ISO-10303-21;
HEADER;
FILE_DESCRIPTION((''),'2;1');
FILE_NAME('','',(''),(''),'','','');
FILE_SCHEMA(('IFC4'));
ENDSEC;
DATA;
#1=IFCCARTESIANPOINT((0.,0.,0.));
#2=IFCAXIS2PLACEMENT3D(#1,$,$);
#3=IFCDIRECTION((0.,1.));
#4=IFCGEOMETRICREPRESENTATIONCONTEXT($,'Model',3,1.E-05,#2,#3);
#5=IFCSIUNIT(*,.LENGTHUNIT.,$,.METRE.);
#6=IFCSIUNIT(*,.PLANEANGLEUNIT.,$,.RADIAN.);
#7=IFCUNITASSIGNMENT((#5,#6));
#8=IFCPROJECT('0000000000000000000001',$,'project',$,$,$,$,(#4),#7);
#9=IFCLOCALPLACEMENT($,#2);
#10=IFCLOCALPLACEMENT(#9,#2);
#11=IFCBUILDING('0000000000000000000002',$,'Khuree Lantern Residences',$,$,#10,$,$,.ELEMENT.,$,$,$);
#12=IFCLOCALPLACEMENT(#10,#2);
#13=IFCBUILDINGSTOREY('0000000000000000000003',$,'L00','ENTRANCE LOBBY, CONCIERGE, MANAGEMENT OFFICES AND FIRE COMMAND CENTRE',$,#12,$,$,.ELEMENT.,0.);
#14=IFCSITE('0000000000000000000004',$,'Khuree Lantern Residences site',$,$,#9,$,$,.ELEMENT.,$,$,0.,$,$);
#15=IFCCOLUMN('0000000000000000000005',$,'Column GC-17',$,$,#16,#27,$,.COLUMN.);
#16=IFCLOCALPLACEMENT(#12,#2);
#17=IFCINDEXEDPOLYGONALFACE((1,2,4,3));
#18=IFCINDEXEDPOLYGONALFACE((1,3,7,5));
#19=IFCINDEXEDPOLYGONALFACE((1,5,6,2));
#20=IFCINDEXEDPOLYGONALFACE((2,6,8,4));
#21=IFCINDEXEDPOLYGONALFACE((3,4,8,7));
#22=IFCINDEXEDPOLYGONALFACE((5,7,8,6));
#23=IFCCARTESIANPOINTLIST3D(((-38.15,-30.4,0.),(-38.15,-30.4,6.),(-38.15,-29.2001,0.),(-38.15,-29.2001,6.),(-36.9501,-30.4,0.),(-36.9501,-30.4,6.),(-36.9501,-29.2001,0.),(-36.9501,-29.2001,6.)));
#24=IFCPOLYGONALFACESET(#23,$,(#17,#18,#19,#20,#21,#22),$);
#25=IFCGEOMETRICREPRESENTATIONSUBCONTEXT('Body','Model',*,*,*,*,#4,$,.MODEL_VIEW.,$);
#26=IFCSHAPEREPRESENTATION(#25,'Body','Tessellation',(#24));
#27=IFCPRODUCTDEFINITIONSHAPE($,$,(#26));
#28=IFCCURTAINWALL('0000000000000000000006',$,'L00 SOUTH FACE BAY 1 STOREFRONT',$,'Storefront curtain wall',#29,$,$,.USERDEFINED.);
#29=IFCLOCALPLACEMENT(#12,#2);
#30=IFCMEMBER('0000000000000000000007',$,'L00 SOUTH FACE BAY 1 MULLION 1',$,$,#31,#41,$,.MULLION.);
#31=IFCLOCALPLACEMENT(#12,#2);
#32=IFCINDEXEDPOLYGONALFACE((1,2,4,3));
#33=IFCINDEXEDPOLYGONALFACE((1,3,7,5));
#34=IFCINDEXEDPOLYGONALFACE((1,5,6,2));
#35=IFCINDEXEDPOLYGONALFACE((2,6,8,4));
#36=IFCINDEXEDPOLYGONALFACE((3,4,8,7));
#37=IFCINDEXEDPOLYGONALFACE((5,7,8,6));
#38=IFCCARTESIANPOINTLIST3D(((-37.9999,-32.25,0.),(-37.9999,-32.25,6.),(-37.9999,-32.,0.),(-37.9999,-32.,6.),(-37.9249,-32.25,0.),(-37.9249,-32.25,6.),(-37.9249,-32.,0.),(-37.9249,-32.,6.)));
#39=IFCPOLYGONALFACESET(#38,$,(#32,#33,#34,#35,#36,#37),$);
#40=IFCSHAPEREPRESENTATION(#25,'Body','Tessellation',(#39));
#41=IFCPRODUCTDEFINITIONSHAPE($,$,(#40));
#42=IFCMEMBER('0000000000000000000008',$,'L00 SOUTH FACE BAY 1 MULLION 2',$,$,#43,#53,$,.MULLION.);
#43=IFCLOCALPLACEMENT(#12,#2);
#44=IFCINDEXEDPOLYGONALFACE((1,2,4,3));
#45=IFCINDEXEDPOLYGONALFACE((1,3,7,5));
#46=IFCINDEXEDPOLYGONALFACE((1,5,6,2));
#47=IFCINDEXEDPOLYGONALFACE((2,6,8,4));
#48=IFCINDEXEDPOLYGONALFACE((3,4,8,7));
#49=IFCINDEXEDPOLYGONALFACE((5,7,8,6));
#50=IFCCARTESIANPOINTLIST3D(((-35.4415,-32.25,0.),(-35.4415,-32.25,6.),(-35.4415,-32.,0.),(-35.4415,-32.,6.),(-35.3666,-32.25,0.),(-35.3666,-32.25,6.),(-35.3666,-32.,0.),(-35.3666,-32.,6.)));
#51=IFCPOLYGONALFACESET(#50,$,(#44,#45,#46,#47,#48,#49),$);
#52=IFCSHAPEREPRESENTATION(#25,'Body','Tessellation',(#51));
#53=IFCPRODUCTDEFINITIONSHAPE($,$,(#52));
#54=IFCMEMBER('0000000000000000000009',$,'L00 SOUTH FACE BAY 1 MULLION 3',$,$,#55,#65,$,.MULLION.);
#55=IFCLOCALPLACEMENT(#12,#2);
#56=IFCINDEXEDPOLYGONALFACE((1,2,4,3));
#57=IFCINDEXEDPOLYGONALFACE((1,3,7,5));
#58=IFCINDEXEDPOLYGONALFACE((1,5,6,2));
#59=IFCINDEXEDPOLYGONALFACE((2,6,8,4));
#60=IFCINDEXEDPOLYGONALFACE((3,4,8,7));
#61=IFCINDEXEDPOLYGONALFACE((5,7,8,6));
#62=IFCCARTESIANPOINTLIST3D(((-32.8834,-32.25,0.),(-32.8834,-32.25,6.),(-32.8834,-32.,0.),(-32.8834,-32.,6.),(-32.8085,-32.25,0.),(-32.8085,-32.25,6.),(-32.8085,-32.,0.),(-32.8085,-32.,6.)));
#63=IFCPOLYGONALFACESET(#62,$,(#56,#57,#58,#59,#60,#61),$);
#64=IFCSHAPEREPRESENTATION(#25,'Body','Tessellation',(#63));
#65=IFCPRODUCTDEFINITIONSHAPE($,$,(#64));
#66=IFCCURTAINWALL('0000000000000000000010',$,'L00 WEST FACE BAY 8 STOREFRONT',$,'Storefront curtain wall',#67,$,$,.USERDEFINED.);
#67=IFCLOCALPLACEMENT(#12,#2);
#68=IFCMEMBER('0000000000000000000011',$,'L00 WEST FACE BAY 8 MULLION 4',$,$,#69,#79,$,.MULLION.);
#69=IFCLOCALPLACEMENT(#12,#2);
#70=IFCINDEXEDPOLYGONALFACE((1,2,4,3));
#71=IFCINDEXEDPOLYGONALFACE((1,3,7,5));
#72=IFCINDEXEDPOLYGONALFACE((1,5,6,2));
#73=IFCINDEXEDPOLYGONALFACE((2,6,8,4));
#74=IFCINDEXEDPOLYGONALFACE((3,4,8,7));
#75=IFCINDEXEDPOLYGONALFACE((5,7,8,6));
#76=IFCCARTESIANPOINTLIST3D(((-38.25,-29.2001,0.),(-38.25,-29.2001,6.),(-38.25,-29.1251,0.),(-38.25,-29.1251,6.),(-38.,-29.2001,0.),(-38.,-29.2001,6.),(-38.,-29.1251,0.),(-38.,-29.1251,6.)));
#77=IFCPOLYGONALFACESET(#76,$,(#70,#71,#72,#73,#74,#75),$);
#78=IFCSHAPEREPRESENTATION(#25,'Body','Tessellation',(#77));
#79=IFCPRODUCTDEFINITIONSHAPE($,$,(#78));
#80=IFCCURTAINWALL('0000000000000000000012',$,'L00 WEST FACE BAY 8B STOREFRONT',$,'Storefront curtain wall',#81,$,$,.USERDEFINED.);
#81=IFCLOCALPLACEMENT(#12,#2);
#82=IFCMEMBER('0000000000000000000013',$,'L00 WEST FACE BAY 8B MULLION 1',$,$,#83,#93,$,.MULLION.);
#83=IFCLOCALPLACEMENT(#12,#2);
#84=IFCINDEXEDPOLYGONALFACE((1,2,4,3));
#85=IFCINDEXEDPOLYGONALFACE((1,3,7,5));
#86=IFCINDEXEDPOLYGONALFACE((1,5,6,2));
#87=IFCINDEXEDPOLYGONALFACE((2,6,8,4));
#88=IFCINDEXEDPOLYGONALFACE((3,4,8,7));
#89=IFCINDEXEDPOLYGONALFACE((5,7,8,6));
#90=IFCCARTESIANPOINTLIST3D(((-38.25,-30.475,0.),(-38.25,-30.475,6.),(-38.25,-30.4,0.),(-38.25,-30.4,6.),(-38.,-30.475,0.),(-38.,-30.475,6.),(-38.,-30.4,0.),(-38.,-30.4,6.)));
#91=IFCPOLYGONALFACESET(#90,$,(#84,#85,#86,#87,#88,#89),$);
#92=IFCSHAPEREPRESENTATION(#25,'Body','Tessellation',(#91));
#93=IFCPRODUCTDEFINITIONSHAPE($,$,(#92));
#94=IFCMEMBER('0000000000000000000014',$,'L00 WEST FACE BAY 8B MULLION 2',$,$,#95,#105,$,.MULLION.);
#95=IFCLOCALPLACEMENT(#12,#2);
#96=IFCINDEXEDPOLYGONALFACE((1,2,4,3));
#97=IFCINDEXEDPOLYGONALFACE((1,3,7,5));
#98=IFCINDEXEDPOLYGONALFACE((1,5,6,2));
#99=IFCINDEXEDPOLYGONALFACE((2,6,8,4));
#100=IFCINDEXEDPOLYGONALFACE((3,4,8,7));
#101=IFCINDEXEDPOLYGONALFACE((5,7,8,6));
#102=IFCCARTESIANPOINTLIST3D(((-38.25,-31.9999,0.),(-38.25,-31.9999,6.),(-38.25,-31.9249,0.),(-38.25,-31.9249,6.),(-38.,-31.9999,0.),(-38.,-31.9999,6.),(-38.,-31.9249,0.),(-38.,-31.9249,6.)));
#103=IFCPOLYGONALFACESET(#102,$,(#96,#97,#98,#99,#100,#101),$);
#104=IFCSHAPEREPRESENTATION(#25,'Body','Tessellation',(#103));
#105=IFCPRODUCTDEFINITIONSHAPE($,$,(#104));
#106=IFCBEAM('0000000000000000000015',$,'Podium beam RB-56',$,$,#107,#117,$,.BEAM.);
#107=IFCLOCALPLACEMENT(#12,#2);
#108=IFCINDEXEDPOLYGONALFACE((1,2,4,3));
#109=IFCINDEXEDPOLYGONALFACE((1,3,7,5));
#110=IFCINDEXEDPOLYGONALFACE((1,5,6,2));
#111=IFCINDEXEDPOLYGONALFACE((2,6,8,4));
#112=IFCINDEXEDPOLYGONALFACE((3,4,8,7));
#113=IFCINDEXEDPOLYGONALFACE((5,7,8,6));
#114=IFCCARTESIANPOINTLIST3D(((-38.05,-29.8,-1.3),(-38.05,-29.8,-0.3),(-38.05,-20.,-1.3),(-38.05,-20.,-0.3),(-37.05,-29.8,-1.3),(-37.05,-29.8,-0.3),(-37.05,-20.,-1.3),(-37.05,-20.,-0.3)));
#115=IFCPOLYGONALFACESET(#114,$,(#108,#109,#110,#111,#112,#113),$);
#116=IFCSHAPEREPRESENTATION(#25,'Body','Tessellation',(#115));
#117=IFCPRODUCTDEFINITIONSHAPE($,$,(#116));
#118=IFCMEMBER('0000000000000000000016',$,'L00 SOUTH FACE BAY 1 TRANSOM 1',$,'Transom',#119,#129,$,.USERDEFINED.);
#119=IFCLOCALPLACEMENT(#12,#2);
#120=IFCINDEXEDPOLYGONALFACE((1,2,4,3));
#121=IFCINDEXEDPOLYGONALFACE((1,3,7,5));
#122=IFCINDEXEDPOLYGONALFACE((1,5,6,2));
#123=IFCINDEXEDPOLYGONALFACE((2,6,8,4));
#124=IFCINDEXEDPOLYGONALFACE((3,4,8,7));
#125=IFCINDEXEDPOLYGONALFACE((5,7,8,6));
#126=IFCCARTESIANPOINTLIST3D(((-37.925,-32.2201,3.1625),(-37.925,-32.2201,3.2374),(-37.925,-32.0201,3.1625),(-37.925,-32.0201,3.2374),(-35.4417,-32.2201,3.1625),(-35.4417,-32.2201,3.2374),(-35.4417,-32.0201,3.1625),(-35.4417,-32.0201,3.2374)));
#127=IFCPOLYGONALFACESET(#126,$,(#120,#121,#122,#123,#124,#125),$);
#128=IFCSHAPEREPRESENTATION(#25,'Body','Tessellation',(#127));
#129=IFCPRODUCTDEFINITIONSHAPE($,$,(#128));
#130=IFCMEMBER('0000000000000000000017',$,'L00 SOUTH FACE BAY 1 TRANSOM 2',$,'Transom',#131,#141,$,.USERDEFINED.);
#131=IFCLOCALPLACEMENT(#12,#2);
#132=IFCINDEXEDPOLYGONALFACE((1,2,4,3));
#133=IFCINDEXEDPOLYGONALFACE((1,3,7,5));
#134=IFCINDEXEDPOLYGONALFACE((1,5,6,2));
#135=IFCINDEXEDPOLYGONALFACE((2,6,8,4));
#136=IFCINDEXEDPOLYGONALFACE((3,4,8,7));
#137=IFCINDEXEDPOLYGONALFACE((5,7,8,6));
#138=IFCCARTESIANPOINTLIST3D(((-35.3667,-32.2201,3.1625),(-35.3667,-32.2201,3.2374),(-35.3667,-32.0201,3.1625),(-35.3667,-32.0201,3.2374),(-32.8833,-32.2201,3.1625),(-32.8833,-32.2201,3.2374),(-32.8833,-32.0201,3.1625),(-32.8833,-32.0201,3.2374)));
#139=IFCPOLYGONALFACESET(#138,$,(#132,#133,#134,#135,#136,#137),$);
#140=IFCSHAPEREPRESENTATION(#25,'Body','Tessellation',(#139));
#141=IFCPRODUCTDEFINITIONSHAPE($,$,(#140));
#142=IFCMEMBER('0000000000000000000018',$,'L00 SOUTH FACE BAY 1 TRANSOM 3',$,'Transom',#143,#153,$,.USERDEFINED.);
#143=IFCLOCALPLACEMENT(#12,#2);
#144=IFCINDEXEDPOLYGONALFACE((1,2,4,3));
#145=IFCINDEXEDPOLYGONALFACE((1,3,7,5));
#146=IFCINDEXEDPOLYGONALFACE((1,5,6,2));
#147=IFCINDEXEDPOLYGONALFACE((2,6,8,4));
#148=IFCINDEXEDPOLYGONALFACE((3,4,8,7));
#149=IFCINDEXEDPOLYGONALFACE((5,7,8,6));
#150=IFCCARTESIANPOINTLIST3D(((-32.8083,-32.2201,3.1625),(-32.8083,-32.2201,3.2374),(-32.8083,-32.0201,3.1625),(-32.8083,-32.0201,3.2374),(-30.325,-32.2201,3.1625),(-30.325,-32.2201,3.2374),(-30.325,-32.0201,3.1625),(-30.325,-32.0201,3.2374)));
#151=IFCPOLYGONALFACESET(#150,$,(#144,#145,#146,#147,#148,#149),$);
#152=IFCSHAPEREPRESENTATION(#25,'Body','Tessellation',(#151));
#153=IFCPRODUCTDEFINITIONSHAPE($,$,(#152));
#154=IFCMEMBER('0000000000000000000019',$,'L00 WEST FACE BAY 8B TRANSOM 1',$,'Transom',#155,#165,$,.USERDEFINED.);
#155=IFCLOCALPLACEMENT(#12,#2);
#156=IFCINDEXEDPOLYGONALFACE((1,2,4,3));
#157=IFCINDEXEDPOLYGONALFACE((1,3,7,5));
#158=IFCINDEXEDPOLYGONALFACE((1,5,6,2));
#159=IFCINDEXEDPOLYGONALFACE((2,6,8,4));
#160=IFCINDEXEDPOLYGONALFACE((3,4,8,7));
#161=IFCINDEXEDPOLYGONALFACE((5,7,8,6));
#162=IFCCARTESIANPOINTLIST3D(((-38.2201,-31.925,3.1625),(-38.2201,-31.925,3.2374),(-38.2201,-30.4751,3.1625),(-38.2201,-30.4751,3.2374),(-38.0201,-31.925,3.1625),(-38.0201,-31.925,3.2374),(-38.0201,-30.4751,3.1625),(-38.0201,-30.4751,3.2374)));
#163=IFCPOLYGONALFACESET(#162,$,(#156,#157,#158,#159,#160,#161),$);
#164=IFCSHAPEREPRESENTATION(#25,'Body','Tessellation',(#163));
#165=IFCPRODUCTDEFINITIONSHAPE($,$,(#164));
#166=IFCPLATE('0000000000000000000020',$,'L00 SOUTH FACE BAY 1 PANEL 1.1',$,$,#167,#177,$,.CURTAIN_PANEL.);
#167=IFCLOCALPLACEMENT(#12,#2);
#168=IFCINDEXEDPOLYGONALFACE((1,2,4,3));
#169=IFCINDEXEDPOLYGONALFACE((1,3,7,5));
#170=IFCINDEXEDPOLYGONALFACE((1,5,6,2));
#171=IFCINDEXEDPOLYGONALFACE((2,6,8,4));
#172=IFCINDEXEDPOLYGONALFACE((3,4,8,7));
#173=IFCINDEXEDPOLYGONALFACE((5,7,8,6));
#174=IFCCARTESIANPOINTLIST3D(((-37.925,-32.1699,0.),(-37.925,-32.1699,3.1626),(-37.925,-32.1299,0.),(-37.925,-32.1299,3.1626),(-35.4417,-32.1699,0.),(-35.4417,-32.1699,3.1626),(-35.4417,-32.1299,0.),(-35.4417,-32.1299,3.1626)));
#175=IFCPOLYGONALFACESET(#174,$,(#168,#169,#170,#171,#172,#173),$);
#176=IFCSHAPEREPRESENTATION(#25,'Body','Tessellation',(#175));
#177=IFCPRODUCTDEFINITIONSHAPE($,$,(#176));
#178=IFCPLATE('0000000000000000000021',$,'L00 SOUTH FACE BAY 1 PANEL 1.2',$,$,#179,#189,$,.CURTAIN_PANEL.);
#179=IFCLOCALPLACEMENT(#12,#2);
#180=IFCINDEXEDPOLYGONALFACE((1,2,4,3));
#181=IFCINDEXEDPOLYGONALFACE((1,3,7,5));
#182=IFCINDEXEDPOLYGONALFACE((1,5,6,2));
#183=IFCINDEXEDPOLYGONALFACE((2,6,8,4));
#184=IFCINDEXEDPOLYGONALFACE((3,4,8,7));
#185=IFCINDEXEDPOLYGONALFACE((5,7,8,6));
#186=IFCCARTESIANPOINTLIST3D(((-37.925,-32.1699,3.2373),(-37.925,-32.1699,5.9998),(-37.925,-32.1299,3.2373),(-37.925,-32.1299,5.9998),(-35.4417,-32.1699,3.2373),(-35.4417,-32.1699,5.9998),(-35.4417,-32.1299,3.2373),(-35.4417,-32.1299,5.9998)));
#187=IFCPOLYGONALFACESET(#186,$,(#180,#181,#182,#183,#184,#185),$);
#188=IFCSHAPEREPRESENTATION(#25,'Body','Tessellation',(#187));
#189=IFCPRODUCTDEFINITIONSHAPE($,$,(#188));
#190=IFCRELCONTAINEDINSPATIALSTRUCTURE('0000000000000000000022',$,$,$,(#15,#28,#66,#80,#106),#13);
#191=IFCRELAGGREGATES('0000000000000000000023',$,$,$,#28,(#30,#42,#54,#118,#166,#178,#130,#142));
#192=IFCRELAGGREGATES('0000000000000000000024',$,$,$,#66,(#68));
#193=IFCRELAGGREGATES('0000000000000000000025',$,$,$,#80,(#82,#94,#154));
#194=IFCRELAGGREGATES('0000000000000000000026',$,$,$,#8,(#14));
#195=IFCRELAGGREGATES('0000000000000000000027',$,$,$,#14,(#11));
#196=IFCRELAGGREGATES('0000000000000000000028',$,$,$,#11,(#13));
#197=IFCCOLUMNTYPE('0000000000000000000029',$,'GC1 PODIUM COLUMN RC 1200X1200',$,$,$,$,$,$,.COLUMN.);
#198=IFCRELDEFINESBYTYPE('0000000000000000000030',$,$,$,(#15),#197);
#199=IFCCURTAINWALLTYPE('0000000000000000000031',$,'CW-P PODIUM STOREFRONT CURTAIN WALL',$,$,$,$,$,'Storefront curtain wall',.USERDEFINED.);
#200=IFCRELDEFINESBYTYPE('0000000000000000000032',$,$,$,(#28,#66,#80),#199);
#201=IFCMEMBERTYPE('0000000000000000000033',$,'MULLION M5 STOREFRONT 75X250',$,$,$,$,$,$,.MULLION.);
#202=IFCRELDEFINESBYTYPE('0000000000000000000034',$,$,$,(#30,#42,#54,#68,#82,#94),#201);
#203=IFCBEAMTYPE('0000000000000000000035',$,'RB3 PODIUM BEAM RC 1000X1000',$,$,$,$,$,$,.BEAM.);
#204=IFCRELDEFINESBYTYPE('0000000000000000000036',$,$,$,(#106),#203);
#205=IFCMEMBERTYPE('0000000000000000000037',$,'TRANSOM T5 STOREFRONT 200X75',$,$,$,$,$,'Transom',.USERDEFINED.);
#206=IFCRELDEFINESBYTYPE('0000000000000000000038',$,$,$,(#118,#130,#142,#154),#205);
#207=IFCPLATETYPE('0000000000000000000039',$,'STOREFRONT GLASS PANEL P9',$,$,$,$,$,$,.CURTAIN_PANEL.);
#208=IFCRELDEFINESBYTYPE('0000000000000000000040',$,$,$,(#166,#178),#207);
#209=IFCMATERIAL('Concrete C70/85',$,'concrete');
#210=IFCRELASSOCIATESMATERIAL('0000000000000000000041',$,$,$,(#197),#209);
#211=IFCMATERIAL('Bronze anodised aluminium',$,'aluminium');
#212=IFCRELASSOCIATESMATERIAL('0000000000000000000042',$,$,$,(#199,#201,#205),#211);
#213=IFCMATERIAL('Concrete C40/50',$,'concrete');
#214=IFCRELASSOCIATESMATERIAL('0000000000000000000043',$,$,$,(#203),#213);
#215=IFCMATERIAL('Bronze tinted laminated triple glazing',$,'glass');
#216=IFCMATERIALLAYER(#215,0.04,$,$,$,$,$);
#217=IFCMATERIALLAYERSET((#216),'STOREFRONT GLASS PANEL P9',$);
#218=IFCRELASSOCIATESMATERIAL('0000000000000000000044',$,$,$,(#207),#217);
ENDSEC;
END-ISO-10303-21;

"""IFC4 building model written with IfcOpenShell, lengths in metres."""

from ifc_helpers import new_model, si_unit, direction, frame, origin, origin_2d, place, context, subcontext, project, spatial, rectangle, extrude, material, layer, layer_set, material_profile, profile_set, type_object, element, aggregate, save


model = new_model("IFC4")

# Units and contexts
model_context = context("Model", 3, precision=1e-05, world=origin(), true_north=direction((0.0, 1.0)))
body_context = subcontext(model_context, "Body", "Model", "MODEL_VIEW")
ifc_project = project(units=[si_unit("LENGTHUNIT", "METRE"), si_unit("PLANEANGLEUNIT", "RADIAN")], contexts=[model_context])

# Site, building, storey
site_placement = place(None, origin())
site = spatial("IfcSite", under=ifc_project, at=site_placement, Name="Khuree Lantern Residences site", CompositionType="ELEMENT", RefElevation=0.0)
building_placement = place(site_placement, origin())
building = spatial("IfcBuilding", under=site, at=building_placement, Name="Khuree Lantern Residences", CompositionType="ELEMENT")
storey_placement = place(building_placement, origin())
storey = spatial("IfcBuildingStorey", under=building, at=storey_placement, Name="L00", Description="ENTRANCE LOBBY, CONCIERGE, MANAGEMENT OFFICES AND FIRE COMMAND CENTRE", CompositionType="ELEMENT", Elevation=0.0)

# Column
ifc_material_1 = material(Name="Concrete C70/85", Category="concrete")
ifc_material_profile_1 = material_profile(ifc_material_1, rectangle(XDim=1.2, YDim=1.2, at=origin_2d()), Name="RC 1200X1200")
ifc_profile_set_1 = profile_set([ifc_material_profile_1], Name="Concrete C70/85")
column_type = type_object("IfcColumnType", Name="GC1 PODIUM COLUMN RC 1200X1200", PredefinedType="COLUMN", material=ifc_profile_set_1)
column_placement = place(storey_placement, frame((-37.55, -29.8, 0.0), z_axis=(0.0, 0.0, 1.0), x_axis=(1.0, 0.0, 0.0)))
element("IfcColumn", 1, at=column_placement, inside=storey, type_object=column_type, Name="Column GC-17", PredefinedType="COLUMN", context=body_context, shape_type="SweptSolid", body=[
    extrude(rectangle(XDim=1.2, YDim=1.2, at=origin_2d()), origin(), (0.0, 0.0, 1.0), 6.0),
])

# Curtain wall, members
ifc_material_2 = material(Name="Bronze anodised aluminium", Category="aluminium")
curtain_wall_type = type_object("IfcCurtainWallType", Name="CW-P PODIUM STOREFRONT CURTAIN WALL", ElementType="Storefront curtain wall", PredefinedType="USERDEFINED", material=ifc_material_2)
curtain_wall_1_placement = place(storey_placement, origin())
curtain_wall_1 = element("IfcCurtainWall", 2, at=curtain_wall_1_placement, inside=storey, type_object=curtain_wall_type, Name="L00 SOUTH FACE BAY 1 STOREFRONT", ObjectType="Storefront curtain wall", PredefinedType="USERDEFINED")
ifc_material_profile_2 = material_profile(ifc_material_2, rectangle(XDim=0.075, YDim=0.25, at=origin_2d()), Name="M5 75X250")
ifc_profile_set_2 = profile_set([ifc_material_profile_2], Name="Bronze anodised aluminium")
member_type_1 = type_object("IfcMemberType", Name="MULLION M5 STOREFRONT 75X250", PredefinedType="MULLION", material=ifc_profile_set_2)
member_1_placement = place(storey_placement, frame((-37.9624, -32.125, 0.0), z_axis=(0.0, 0.0, 1.0), x_axis=(1.0, 0.0, 0.0)))
member_1 = element("IfcMember", 3, at=member_1_placement, type_object=member_type_1, Name="L00 SOUTH FACE BAY 1 MULLION 1", PredefinedType="MULLION", context=body_context, shape_type="SweptSolid", body=[
    extrude(rectangle(XDim=0.075, YDim=0.25, at=origin_2d()), origin(), (0.0, 0.0, 1.0), 6.0),
])
member_2_placement = place(storey_placement, frame((-35.4041, -32.125, 0.0), z_axis=(0.0, 0.0, 1.0), x_axis=(1.0, 0.0, 0.0)))
member_2 = element("IfcMember", 4, at=member_2_placement, type_object=member_type_1, Name="L00 SOUTH FACE BAY 1 MULLION 2", PredefinedType="MULLION", context=body_context, shape_type="SweptSolid", body=[
    extrude(rectangle(XDim=0.075, YDim=0.25, at=origin_2d()), origin(), (0.0, 0.0, 1.0), 6.0),
])
member_3_placement = place(storey_placement, frame((-32.8459, -32.125, 0.0), z_axis=(0.0, 0.0, 1.0), x_axis=(1.0, 0.0, 0.0)))
member_3 = element("IfcMember", 5, at=member_3_placement, type_object=member_type_1, Name="L00 SOUTH FACE BAY 1 MULLION 3", PredefinedType="MULLION", context=body_context, shape_type="SweptSolid", body=[
    extrude(rectangle(XDim=0.075, YDim=0.25, at=origin_2d()), origin(), (0.0, 0.0, 1.0), 6.0),
])

# Curtain wall, member
curtain_wall_2_placement = place(storey_placement, origin())
curtain_wall_2 = element("IfcCurtainWall", 6, at=curtain_wall_2_placement, inside=storey, type_object=curtain_wall_type, Name="L00 WEST FACE BAY 8 STOREFRONT", ObjectType="Storefront curtain wall", PredefinedType="USERDEFINED")
member_4_placement = place(storey_placement, frame((-38.125, -29.1626, 0.0), z_axis=(0.0, 0.0, 1.0), x_axis=(0.0, -1.0, 0.0)))
member_4 = element("IfcMember", 7, at=member_4_placement, type_object=member_type_1, Name="L00 WEST FACE BAY 8 MULLION 4", PredefinedType="MULLION", context=body_context, shape_type="SweptSolid", body=[
    extrude(rectangle(XDim=0.075, YDim=0.25, at=origin_2d()), origin(), (0.0, 0.0, 1.0), 6.0),
])

# Curtain wall, members
curtain_wall_3_placement = place(storey_placement, origin())
curtain_wall_3 = element("IfcCurtainWall", 8, at=curtain_wall_3_placement, inside=storey, type_object=curtain_wall_type, Name="L00 WEST FACE BAY 8B STOREFRONT", ObjectType="Storefront curtain wall", PredefinedType="USERDEFINED")
member_5_placement = place(storey_placement, frame((-38.125, -30.4375, 0.0), z_axis=(0.0, 0.0, 1.0), x_axis=(0.0, -1.0, 0.0)))
member_5 = element("IfcMember", 9, at=member_5_placement, type_object=member_type_1, Name="L00 WEST FACE BAY 8B MULLION 1", PredefinedType="MULLION", context=body_context, shape_type="SweptSolid", body=[
    extrude(rectangle(XDim=0.075, YDim=0.25, at=origin_2d()), origin(), (0.0, 0.0, 1.0), 6.0),
])
member_6_placement = place(storey_placement, frame((-38.125, -31.9624, 0.0), z_axis=(0.0, 0.0, 1.0), x_axis=(0.0, -1.0, 0.0)))
member_6 = element("IfcMember", 10, at=member_6_placement, type_object=member_type_1, Name="L00 WEST FACE BAY 8B MULLION 2", PredefinedType="MULLION", context=body_context, shape_type="SweptSolid", body=[
    extrude(rectangle(XDim=0.075, YDim=0.25, at=origin_2d()), origin(), (0.0, 0.0, 1.0), 6.0),
])

# Beam
ifc_material_3 = material(Name="Concrete C40/50", Category="concrete")
ifc_material_profile_3 = material_profile(ifc_material_3, rectangle(XDim=1.0, YDim=1.0, at=origin_2d()), Name="RC 1000X1000")
ifc_profile_set_3 = profile_set([ifc_material_profile_3], Name="Concrete C40/50")
beam_type = type_object("IfcBeamType", Name="RB3 PODIUM BEAM RC 1000X1000", PredefinedType="BEAM", material=ifc_profile_set_3)
beam_placement = place(storey_placement, frame((-37.55, -29.8, -0.8), z_axis=(0.0, 1.0, 0.0), x_axis=(-1.0, 0.0, 0.0)))
element("IfcBeam", 11, at=beam_placement, inside=storey, type_object=beam_type, Name="Podium beam RB-56", PredefinedType="BEAM", context=body_context, shape_type="SweptSolid", body=[
    extrude(rectangle(XDim=1.0, YDim=1.0, at=origin_2d()), origin(), (0.0, 0.0, 1.0), 9.8),
])

# Members
ifc_material_profile_4 = material_profile(ifc_material_2, rectangle(XDim=0.2, YDim=0.075, at=origin_2d()), Name="T5 200X75")
ifc_profile_set_4 = profile_set([ifc_material_profile_4], Name="Bronze anodised aluminium")
member_type_2 = type_object("IfcMemberType", Name="TRANSOM T5 STOREFRONT 200X75", ElementType="Transom", PredefinedType="USERDEFINED", material=ifc_profile_set_4)
member_7_placement = place(storey_placement, frame((-37.925, -32.1201, 3.2), z_axis=(1.0, 0.0, 0.0), x_axis=(0.0, 1.0, 0.0)))
member_7 = element("IfcMember", 12, at=member_7_placement, type_object=member_type_2, Name="L00 SOUTH FACE BAY 1 TRANSOM 1", ObjectType="Transom", PredefinedType="USERDEFINED", context=body_context, shape_type="SweptSolid", body=[
    extrude(rectangle(XDim=0.2, YDim=0.075, at=origin_2d()), origin(), (0.0, 0.0, 1.0), 2.4834),
])
member_8_placement = place(storey_placement, frame((-35.3667, -32.1201, 3.2), z_axis=(1.0, 0.0, 0.0), x_axis=(0.0, 1.0, 0.0)))
member_8 = element("IfcMember", 13, at=member_8_placement, type_object=member_type_2, Name="L00 SOUTH FACE BAY 1 TRANSOM 2", ObjectType="Transom", PredefinedType="USERDEFINED", context=body_context, shape_type="SweptSolid", body=[
    extrude(rectangle(XDim=0.2, YDim=0.075, at=origin_2d()), origin(), (0.0, 0.0, 1.0), 2.4834),
])
member_9_placement = place(storey_placement, frame((-32.8083, -32.1201, 3.2), z_axis=(1.0, 0.0, 0.0), x_axis=(0.0, 1.0, 0.0)))
member_9 = element("IfcMember", 14, at=member_9_placement, type_object=member_type_2, Name="L00 SOUTH FACE BAY 1 TRANSOM 3", ObjectType="Transom", PredefinedType="USERDEFINED", context=body_context, shape_type="SweptSolid", body=[
    extrude(rectangle(XDim=0.2, YDim=0.075, at=origin_2d()), origin(), (0.0, 0.0, 1.0), 2.4834),
])
member_10_placement = place(storey_placement, frame((-38.1201, -30.4751, 3.2), z_axis=(0.0, -1.0, 0.0), x_axis=(1.0, 0.0, 0.0)))
member_10 = element("IfcMember", 15, at=member_10_placement, type_object=member_type_2, Name="L00 WEST FACE BAY 8B TRANSOM 1", ObjectType="Transom", PredefinedType="USERDEFINED", context=body_context, shape_type="SweptSolid", body=[
    extrude(rectangle(XDim=0.2, YDim=0.075, at=origin_2d()), origin(), (0.0, 0.0, 1.0), 1.45),
])

# Plates
ifc_material_4 = material(Name="Bronze tinted laminated triple glazing", Category="glass")
ifc_layer_1 = layer(ifc_material_4, 0.04)
ifc_layer_set_1 = layer_set([ifc_layer_1], Name="STOREFRONT GLASS PANEL P9")
plate_type = type_object("IfcPlateType", Name="STOREFRONT GLASS PANEL P9", PredefinedType="CURTAIN_PANEL", material=ifc_layer_set_1)
plate_1_placement = place(storey_placement, frame((-36.6833, -32.1499, 0.0), z_axis=(0.0, 0.0, 1.0), x_axis=(1.0, 0.0, 0.0)))
plate_1 = element("IfcPlate", 16, at=plate_1_placement, type_object=plate_type, Name="L00 SOUTH FACE BAY 1 PANEL 1.1", PredefinedType="CURTAIN_PANEL", context=body_context, shape_type="SweptSolid", body=[
    extrude(rectangle(XDim=2.4834, YDim=0.04, at=origin_2d()), origin(), (0.0, 0.0, 1.0), 3.1626),
])
plate_2_placement = place(storey_placement, frame((-36.6833, -32.1499, 3.2373), z_axis=(0.0, 0.0, 1.0), x_axis=(1.0, 0.0, 0.0)))
plate_2 = element("IfcPlate", 17, at=plate_2_placement, type_object=plate_type, Name="L00 SOUTH FACE BAY 1 PANEL 1.2", PredefinedType="CURTAIN_PANEL", context=body_context, shape_type="SweptSolid", body=[
    extrude(rectangle(XDim=2.4834, YDim=0.04, at=origin_2d()), origin(), (0.0, 0.0, 1.0), 2.7625),
])
aggregate(curtain_wall_1, [member_1, member_2, member_3, member_7, plate_1, plate_2, member_8, member_9])
aggregate(curtain_wall_2, [member_4])
aggregate(curtain_wall_3, [member_5, member_6, member_10])

save(model, "model.ifc")
